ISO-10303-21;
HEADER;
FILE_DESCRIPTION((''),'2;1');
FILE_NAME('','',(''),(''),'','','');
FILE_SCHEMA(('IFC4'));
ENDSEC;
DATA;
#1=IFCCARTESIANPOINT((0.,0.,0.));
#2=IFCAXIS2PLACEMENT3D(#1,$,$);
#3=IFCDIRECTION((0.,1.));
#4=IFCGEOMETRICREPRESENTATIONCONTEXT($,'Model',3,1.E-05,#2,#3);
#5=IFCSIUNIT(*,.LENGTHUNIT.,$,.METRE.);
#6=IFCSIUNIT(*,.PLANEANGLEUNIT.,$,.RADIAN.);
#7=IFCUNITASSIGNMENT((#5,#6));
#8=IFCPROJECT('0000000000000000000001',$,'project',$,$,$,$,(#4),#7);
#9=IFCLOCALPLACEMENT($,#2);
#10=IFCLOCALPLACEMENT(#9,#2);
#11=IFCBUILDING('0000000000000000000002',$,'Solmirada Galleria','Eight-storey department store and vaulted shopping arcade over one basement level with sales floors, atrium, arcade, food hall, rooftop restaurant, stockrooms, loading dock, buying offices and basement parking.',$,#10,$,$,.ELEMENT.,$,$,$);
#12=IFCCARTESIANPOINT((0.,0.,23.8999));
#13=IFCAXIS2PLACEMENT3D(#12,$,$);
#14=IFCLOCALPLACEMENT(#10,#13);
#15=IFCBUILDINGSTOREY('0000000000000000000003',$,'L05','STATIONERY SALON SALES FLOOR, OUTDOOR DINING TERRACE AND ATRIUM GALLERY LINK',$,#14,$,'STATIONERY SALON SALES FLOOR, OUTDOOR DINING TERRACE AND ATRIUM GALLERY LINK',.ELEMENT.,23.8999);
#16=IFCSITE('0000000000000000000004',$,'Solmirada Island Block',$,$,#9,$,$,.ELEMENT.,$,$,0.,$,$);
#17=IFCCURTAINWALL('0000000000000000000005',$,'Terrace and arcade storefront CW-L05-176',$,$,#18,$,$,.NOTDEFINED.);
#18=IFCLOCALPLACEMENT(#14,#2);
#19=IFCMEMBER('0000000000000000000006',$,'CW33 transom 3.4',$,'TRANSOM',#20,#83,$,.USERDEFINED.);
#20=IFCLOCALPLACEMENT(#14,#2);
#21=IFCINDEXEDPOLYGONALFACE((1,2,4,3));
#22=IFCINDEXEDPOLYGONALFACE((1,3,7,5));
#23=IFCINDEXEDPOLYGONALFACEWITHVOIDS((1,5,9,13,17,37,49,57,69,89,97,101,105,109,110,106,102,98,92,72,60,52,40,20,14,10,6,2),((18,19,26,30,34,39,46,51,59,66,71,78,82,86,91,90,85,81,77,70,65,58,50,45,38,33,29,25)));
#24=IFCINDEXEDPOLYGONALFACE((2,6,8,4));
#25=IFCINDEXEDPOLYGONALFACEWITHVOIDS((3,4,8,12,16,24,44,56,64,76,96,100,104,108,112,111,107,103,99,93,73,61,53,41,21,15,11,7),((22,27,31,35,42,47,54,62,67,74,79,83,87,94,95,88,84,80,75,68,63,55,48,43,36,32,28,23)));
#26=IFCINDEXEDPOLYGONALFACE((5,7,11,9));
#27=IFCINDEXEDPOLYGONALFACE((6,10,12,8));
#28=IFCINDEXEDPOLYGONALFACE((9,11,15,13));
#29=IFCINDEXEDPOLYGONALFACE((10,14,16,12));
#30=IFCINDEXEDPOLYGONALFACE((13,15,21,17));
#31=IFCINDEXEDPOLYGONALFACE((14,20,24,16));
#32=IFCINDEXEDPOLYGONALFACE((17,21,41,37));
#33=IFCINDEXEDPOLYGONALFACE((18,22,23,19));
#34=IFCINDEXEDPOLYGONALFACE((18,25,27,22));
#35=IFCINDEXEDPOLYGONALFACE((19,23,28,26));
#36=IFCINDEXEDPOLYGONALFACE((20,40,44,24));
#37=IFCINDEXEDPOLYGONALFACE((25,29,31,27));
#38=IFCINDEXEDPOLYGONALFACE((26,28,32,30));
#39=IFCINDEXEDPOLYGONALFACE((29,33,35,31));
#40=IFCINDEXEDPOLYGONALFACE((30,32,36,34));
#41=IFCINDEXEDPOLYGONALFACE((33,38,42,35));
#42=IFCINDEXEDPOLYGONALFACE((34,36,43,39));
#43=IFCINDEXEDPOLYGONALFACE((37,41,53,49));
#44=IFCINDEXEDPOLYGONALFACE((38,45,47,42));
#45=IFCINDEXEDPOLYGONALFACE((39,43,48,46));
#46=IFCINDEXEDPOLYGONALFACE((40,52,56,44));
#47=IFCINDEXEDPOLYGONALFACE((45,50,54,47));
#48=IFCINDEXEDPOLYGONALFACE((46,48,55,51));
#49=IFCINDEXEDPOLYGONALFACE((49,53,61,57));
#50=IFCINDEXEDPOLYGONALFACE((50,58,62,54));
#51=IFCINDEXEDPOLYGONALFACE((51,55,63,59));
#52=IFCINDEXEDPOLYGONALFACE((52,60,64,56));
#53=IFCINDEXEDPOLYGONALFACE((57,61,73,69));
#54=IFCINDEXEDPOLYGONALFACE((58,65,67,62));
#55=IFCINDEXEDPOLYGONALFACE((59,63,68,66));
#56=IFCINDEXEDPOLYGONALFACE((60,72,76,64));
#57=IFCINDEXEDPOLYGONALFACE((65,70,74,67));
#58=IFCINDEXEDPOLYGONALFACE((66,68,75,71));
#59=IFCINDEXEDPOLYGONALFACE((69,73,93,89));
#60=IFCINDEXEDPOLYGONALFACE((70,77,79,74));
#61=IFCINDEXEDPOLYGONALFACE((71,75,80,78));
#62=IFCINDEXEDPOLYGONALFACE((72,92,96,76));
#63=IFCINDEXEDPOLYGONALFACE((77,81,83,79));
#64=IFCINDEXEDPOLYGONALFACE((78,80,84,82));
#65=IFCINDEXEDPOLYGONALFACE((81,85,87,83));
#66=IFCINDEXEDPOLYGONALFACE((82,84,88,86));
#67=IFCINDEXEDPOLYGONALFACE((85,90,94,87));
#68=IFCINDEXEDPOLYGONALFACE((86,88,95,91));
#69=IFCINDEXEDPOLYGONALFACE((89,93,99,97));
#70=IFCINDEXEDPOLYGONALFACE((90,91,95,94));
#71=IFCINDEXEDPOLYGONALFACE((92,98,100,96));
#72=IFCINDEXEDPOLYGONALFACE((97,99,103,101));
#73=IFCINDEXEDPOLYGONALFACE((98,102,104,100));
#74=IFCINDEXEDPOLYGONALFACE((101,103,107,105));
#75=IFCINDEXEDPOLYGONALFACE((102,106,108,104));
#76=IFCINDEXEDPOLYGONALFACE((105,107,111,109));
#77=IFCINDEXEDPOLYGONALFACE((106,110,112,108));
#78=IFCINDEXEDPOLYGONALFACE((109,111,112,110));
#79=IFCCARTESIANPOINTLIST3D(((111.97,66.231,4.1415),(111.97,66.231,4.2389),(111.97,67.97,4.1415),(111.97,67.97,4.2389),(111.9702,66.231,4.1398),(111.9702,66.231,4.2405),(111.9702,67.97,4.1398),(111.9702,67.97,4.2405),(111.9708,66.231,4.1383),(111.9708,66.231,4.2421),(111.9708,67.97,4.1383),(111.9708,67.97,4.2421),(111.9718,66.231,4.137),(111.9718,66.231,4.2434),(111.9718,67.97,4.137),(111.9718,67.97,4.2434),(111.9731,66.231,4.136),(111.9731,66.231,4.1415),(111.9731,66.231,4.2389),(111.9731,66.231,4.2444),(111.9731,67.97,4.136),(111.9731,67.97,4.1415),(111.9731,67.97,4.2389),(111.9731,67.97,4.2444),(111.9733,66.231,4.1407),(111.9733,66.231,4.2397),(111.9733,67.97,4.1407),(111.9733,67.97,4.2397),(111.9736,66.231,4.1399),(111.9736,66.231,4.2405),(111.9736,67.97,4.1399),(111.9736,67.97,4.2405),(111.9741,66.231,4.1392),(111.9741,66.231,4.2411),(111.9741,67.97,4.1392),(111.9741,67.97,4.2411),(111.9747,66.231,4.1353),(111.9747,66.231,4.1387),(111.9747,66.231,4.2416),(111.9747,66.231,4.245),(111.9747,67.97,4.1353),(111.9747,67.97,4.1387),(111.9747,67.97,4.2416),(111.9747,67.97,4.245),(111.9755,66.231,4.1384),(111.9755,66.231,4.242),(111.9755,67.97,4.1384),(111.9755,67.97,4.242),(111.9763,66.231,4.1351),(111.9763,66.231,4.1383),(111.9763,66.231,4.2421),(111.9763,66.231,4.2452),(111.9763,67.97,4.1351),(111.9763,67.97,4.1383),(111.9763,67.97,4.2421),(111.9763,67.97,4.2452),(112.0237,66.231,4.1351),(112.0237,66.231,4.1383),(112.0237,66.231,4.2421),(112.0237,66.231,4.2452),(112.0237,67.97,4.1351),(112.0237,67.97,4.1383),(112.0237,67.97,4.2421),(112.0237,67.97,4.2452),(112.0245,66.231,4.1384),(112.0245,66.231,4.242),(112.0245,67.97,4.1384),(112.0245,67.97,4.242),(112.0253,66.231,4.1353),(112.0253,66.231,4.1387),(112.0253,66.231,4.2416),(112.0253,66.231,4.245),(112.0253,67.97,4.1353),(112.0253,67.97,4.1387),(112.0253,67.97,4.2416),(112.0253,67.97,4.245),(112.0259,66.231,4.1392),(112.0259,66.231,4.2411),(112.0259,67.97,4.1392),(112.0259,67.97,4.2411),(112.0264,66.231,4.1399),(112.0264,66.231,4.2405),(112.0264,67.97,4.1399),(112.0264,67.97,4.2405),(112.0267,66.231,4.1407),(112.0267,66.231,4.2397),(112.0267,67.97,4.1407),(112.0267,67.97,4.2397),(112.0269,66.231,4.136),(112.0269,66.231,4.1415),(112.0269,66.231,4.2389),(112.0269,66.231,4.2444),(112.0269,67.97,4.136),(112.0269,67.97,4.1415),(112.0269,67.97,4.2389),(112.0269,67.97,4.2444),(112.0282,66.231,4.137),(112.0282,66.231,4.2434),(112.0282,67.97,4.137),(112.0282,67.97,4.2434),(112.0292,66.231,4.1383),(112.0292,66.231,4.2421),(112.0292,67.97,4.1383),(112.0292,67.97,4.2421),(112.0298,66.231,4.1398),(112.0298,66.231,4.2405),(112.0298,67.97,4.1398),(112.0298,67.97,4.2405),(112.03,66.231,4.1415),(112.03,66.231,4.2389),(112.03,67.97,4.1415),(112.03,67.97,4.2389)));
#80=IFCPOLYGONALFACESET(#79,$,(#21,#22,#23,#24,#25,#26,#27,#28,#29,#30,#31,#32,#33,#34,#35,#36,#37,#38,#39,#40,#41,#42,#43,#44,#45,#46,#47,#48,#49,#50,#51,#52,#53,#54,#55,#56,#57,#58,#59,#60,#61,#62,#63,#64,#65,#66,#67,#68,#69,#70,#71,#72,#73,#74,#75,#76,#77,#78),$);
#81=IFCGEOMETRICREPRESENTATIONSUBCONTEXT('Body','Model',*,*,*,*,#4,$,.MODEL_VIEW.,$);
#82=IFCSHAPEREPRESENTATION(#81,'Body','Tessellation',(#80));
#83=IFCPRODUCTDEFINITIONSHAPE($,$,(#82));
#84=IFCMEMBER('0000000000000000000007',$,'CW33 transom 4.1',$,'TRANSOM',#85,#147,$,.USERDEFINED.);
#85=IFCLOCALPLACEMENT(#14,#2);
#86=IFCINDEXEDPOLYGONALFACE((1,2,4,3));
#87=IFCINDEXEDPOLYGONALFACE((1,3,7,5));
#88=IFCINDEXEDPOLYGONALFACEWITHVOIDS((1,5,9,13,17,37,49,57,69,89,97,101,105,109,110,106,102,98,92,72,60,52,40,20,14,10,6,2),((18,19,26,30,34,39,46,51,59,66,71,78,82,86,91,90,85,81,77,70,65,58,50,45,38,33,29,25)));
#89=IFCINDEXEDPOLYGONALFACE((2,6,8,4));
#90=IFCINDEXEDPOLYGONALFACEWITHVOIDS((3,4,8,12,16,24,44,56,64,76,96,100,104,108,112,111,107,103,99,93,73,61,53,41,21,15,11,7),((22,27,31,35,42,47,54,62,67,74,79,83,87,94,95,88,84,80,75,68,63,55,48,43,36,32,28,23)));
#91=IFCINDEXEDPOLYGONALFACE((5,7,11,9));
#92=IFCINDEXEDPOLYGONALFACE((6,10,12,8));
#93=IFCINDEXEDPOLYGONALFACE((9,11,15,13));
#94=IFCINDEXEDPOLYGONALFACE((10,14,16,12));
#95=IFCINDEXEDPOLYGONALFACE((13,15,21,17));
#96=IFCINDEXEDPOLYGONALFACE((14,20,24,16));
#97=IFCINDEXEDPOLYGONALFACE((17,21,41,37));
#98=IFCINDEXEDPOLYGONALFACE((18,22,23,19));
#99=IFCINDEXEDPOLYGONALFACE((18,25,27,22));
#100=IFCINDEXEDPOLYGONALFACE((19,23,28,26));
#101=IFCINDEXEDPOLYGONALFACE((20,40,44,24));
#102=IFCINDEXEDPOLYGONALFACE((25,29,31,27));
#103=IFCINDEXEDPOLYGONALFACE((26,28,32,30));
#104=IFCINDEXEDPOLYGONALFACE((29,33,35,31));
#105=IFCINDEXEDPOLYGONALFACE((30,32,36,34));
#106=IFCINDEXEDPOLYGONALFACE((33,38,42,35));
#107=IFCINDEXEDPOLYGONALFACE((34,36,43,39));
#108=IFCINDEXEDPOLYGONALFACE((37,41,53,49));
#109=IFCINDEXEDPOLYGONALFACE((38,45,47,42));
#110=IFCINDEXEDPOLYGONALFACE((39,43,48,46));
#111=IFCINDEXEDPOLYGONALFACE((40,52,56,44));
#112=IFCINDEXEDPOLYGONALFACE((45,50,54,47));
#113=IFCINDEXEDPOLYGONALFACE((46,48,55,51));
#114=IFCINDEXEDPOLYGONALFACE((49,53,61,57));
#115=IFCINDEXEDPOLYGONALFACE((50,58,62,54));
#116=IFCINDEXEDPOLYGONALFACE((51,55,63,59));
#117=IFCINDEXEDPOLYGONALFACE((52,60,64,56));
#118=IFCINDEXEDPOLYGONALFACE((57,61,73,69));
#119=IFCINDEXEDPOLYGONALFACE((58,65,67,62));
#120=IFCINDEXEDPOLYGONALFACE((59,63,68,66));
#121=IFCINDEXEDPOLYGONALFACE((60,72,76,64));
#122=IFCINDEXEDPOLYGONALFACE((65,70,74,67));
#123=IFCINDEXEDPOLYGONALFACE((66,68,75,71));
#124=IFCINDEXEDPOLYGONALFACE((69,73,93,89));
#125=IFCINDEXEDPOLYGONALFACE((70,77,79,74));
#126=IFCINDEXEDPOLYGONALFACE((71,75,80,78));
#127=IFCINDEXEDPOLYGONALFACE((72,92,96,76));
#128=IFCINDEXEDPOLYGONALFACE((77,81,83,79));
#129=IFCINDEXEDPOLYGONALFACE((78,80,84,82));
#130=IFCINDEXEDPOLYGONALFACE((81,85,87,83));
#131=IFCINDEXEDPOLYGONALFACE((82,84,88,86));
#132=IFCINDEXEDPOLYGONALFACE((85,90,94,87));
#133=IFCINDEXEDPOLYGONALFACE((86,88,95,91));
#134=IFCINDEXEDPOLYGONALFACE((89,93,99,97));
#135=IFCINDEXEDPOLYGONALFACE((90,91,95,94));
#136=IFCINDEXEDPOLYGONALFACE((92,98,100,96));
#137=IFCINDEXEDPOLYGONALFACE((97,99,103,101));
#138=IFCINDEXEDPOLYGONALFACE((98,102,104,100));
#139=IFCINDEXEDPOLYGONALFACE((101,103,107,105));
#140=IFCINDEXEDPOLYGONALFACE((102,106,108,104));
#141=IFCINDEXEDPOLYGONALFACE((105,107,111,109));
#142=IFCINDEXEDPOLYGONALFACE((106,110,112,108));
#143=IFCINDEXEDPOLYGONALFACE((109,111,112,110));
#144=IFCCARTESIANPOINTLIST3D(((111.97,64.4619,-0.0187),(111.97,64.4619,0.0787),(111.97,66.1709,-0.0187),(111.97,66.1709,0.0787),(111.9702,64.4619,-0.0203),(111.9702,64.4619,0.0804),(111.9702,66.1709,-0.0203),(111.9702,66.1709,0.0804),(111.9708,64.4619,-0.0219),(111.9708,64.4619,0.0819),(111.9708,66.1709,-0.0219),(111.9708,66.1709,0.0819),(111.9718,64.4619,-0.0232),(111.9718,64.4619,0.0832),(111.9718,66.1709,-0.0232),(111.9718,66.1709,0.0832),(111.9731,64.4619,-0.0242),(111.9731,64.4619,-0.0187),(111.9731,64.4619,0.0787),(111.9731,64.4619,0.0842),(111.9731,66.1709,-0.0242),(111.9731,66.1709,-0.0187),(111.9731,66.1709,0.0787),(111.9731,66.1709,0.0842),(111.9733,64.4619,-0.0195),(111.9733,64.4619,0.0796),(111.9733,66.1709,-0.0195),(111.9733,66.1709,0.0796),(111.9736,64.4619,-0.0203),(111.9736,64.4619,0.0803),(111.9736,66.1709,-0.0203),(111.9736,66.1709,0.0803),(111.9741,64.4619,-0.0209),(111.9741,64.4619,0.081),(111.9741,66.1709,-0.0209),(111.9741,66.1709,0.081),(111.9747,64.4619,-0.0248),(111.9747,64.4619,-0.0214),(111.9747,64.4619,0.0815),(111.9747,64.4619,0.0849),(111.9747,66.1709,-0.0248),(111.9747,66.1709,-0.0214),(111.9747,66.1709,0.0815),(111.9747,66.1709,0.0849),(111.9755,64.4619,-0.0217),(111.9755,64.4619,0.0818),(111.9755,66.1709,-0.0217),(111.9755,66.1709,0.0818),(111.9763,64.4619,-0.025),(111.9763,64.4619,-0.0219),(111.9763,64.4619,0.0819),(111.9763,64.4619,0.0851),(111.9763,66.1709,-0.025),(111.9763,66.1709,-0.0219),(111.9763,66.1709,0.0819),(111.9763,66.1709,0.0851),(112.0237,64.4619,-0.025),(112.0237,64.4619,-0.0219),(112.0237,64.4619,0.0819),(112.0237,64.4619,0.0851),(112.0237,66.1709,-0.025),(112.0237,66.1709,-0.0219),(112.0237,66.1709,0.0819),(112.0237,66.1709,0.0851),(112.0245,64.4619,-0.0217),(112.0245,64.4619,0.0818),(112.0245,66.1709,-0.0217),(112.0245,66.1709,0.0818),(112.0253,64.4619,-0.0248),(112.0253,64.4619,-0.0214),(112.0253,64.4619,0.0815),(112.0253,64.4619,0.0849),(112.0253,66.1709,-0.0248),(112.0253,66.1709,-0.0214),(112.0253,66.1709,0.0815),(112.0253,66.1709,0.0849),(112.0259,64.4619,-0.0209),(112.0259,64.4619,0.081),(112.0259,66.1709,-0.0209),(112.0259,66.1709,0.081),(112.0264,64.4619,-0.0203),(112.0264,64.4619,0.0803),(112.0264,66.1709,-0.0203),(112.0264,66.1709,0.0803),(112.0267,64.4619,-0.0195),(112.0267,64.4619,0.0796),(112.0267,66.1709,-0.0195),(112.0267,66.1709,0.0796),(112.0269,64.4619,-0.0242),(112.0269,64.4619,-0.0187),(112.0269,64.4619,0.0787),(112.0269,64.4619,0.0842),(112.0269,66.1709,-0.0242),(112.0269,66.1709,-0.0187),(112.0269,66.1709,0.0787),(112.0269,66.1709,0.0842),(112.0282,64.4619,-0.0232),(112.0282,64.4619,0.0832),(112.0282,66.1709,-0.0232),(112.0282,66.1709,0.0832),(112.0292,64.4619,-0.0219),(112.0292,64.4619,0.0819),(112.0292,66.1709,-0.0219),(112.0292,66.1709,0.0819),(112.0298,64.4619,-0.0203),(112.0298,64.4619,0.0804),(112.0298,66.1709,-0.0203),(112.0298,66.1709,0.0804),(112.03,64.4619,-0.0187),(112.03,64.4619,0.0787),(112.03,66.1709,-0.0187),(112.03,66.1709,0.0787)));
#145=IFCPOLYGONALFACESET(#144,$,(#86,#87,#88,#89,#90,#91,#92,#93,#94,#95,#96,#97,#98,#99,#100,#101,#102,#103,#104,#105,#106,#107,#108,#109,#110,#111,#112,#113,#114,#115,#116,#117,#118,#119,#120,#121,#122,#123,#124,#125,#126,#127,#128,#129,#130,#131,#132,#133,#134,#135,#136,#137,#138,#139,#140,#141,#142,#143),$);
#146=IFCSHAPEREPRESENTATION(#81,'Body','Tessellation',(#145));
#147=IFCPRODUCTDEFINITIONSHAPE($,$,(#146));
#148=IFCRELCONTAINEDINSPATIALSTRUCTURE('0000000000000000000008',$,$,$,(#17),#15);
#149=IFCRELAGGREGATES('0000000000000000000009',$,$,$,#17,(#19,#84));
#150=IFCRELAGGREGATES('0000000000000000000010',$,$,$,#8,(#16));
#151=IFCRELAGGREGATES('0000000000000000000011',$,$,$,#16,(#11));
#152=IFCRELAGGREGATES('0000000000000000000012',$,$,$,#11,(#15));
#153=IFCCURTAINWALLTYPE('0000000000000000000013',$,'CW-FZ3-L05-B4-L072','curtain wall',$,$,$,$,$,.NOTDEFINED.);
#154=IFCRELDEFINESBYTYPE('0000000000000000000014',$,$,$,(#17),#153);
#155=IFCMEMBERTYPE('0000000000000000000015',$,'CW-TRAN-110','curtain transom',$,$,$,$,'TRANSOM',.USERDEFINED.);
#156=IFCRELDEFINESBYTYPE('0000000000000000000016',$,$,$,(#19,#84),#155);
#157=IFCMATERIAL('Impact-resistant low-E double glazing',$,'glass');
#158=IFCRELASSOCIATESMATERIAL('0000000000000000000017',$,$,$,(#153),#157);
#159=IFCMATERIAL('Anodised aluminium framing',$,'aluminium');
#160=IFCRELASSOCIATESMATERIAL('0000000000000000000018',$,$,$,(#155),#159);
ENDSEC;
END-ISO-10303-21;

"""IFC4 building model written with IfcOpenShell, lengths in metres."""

from ifc_helpers import new_model, si_unit, direction, frame, origin, origin_2d, place, context, subcontext, project, spatial, hollow_rectangle, extrude, material, material_profile, profile_set, type_object, element, aggregate, save


model = new_model("IFC4")

# Units and contexts
model_context = context("Model", 3, precision=1e-05, world=origin(), true_north=direction((0.0, 1.0)))
body_context = subcontext(model_context, "Body", "Model", "MODEL_VIEW")
ifc_project = project(units=[si_unit("LENGTHUNIT", "METRE"), si_unit("PLANEANGLEUNIT", "RADIAN")], contexts=[model_context])

# Site, building, storey
site_placement = place(None, origin())
site = spatial("IfcSite", under=ifc_project, at=site_placement, Name="Solmirada Island Block", CompositionType="ELEMENT", RefElevation=0.0)
building_placement = place(site_placement, origin())
building = spatial("IfcBuilding", under=site, at=building_placement, Name="Solmirada Galleria", Description="Eight-storey department store and vaulted shopping arcade over one basement level with sales floors, atrium, arcade, food hall, rooftop restaurant, stockrooms, loading dock, buying offices and basement parking.", CompositionType="ELEMENT")
storey_placement = place(building_placement, frame((0.0, 0.0, 23.8999)))
storey = spatial("IfcBuildingStorey", under=building, at=storey_placement, Name="L05", Description="STATIONERY SALON SALES FLOOR, OUTDOOR DINING TERRACE AND ATRIUM GALLERY LINK", LongName="STATIONERY SALON SALES FLOOR, OUTDOOR DINING TERRACE AND ATRIUM GALLERY LINK", CompositionType="ELEMENT", Elevation=23.8999)

# Curtain wall
ifc_material_1 = material(Name="Impact-resistant low-E double glazing", Category="glass")
curtain_wall_type = type_object("IfcCurtainWallType", Name="CW-FZ3-L05-B4-L072", Description="curtain wall", PredefinedType="NOTDEFINED", material=ifc_material_1)
curtain_wall_1_placement = place(storey_placement, origin())
curtain_wall_1 = element("IfcCurtainWall", 1, at=curtain_wall_1_placement, inside=storey, type_object=curtain_wall_type, Name="Terrace and arcade storefront CW-L05-176", PredefinedType="NOTDEFINED")
ifc_material_2 = material(Name="Anodised aluminium framing", Category="aluminium")

# Members
ifc_material_profile_1 = material_profile(ifc_material_2, hollow_rectangle(XDim=0.0601, YDim=0.1101, WallThickness=0.0032, InnerFilletRadius=0.0032, OuterFilletRadius=0.0063, at=origin_2d()), Name="ALU-TRAN-110X60")
ifc_profile_set_1 = profile_set([ifc_material_profile_1], Name="Anodised aluminium framing")
member_type_1 = type_object("IfcMemberType", Name="CW-TRAN-110", Description="curtain transom", ElementType="TRANSOM", PredefinedType="USERDEFINED", material=ifc_profile_set_1)
member_1_placement = place(storey_placement, frame((112.0, 67.97, 4.1902), z_axis=(0.0, -1.0, 0.0), x_axis=(1.0, 0.0, 0.0)))
member_1 = element("IfcMember", 2, at=member_1_placement, type_object=member_type_1, Name="CW33 transom 3.4", ObjectType="TRANSOM", PredefinedType="USERDEFINED", context=body_context, shape_type="SweptSolid", body=[
    extrude(hollow_rectangle(XDim=0.0601, YDim=0.1101, WallThickness=0.0032, InnerFilletRadius=0.0032, OuterFilletRadius=0.0063, at=origin_2d()), origin(), (0.0, 0.0, 1.0), 1.739),
])
member_2_placement = place(storey_placement, frame((112.0, 66.1709, 0.03), z_axis=(0.0, -1.0, 0.0), x_axis=(1.0, 0.0, 0.0)))
member_2 = element("IfcMember", 3, at=member_2_placement, type_object=member_type_1, Name="CW33 transom 4.1", ObjectType="TRANSOM", PredefinedType="USERDEFINED", context=body_context, shape_type="SweptSolid", body=[
    extrude(hollow_rectangle(XDim=0.0601, YDim=0.1101, WallThickness=0.0032, InnerFilletRadius=0.0032, OuterFilletRadius=0.0063, at=origin_2d()), origin(), (0.0, 0.0, 1.0), 1.709),
])

aggregate(curtain_wall_1, [member_1, member_2])

save(model, "model.ifc")
